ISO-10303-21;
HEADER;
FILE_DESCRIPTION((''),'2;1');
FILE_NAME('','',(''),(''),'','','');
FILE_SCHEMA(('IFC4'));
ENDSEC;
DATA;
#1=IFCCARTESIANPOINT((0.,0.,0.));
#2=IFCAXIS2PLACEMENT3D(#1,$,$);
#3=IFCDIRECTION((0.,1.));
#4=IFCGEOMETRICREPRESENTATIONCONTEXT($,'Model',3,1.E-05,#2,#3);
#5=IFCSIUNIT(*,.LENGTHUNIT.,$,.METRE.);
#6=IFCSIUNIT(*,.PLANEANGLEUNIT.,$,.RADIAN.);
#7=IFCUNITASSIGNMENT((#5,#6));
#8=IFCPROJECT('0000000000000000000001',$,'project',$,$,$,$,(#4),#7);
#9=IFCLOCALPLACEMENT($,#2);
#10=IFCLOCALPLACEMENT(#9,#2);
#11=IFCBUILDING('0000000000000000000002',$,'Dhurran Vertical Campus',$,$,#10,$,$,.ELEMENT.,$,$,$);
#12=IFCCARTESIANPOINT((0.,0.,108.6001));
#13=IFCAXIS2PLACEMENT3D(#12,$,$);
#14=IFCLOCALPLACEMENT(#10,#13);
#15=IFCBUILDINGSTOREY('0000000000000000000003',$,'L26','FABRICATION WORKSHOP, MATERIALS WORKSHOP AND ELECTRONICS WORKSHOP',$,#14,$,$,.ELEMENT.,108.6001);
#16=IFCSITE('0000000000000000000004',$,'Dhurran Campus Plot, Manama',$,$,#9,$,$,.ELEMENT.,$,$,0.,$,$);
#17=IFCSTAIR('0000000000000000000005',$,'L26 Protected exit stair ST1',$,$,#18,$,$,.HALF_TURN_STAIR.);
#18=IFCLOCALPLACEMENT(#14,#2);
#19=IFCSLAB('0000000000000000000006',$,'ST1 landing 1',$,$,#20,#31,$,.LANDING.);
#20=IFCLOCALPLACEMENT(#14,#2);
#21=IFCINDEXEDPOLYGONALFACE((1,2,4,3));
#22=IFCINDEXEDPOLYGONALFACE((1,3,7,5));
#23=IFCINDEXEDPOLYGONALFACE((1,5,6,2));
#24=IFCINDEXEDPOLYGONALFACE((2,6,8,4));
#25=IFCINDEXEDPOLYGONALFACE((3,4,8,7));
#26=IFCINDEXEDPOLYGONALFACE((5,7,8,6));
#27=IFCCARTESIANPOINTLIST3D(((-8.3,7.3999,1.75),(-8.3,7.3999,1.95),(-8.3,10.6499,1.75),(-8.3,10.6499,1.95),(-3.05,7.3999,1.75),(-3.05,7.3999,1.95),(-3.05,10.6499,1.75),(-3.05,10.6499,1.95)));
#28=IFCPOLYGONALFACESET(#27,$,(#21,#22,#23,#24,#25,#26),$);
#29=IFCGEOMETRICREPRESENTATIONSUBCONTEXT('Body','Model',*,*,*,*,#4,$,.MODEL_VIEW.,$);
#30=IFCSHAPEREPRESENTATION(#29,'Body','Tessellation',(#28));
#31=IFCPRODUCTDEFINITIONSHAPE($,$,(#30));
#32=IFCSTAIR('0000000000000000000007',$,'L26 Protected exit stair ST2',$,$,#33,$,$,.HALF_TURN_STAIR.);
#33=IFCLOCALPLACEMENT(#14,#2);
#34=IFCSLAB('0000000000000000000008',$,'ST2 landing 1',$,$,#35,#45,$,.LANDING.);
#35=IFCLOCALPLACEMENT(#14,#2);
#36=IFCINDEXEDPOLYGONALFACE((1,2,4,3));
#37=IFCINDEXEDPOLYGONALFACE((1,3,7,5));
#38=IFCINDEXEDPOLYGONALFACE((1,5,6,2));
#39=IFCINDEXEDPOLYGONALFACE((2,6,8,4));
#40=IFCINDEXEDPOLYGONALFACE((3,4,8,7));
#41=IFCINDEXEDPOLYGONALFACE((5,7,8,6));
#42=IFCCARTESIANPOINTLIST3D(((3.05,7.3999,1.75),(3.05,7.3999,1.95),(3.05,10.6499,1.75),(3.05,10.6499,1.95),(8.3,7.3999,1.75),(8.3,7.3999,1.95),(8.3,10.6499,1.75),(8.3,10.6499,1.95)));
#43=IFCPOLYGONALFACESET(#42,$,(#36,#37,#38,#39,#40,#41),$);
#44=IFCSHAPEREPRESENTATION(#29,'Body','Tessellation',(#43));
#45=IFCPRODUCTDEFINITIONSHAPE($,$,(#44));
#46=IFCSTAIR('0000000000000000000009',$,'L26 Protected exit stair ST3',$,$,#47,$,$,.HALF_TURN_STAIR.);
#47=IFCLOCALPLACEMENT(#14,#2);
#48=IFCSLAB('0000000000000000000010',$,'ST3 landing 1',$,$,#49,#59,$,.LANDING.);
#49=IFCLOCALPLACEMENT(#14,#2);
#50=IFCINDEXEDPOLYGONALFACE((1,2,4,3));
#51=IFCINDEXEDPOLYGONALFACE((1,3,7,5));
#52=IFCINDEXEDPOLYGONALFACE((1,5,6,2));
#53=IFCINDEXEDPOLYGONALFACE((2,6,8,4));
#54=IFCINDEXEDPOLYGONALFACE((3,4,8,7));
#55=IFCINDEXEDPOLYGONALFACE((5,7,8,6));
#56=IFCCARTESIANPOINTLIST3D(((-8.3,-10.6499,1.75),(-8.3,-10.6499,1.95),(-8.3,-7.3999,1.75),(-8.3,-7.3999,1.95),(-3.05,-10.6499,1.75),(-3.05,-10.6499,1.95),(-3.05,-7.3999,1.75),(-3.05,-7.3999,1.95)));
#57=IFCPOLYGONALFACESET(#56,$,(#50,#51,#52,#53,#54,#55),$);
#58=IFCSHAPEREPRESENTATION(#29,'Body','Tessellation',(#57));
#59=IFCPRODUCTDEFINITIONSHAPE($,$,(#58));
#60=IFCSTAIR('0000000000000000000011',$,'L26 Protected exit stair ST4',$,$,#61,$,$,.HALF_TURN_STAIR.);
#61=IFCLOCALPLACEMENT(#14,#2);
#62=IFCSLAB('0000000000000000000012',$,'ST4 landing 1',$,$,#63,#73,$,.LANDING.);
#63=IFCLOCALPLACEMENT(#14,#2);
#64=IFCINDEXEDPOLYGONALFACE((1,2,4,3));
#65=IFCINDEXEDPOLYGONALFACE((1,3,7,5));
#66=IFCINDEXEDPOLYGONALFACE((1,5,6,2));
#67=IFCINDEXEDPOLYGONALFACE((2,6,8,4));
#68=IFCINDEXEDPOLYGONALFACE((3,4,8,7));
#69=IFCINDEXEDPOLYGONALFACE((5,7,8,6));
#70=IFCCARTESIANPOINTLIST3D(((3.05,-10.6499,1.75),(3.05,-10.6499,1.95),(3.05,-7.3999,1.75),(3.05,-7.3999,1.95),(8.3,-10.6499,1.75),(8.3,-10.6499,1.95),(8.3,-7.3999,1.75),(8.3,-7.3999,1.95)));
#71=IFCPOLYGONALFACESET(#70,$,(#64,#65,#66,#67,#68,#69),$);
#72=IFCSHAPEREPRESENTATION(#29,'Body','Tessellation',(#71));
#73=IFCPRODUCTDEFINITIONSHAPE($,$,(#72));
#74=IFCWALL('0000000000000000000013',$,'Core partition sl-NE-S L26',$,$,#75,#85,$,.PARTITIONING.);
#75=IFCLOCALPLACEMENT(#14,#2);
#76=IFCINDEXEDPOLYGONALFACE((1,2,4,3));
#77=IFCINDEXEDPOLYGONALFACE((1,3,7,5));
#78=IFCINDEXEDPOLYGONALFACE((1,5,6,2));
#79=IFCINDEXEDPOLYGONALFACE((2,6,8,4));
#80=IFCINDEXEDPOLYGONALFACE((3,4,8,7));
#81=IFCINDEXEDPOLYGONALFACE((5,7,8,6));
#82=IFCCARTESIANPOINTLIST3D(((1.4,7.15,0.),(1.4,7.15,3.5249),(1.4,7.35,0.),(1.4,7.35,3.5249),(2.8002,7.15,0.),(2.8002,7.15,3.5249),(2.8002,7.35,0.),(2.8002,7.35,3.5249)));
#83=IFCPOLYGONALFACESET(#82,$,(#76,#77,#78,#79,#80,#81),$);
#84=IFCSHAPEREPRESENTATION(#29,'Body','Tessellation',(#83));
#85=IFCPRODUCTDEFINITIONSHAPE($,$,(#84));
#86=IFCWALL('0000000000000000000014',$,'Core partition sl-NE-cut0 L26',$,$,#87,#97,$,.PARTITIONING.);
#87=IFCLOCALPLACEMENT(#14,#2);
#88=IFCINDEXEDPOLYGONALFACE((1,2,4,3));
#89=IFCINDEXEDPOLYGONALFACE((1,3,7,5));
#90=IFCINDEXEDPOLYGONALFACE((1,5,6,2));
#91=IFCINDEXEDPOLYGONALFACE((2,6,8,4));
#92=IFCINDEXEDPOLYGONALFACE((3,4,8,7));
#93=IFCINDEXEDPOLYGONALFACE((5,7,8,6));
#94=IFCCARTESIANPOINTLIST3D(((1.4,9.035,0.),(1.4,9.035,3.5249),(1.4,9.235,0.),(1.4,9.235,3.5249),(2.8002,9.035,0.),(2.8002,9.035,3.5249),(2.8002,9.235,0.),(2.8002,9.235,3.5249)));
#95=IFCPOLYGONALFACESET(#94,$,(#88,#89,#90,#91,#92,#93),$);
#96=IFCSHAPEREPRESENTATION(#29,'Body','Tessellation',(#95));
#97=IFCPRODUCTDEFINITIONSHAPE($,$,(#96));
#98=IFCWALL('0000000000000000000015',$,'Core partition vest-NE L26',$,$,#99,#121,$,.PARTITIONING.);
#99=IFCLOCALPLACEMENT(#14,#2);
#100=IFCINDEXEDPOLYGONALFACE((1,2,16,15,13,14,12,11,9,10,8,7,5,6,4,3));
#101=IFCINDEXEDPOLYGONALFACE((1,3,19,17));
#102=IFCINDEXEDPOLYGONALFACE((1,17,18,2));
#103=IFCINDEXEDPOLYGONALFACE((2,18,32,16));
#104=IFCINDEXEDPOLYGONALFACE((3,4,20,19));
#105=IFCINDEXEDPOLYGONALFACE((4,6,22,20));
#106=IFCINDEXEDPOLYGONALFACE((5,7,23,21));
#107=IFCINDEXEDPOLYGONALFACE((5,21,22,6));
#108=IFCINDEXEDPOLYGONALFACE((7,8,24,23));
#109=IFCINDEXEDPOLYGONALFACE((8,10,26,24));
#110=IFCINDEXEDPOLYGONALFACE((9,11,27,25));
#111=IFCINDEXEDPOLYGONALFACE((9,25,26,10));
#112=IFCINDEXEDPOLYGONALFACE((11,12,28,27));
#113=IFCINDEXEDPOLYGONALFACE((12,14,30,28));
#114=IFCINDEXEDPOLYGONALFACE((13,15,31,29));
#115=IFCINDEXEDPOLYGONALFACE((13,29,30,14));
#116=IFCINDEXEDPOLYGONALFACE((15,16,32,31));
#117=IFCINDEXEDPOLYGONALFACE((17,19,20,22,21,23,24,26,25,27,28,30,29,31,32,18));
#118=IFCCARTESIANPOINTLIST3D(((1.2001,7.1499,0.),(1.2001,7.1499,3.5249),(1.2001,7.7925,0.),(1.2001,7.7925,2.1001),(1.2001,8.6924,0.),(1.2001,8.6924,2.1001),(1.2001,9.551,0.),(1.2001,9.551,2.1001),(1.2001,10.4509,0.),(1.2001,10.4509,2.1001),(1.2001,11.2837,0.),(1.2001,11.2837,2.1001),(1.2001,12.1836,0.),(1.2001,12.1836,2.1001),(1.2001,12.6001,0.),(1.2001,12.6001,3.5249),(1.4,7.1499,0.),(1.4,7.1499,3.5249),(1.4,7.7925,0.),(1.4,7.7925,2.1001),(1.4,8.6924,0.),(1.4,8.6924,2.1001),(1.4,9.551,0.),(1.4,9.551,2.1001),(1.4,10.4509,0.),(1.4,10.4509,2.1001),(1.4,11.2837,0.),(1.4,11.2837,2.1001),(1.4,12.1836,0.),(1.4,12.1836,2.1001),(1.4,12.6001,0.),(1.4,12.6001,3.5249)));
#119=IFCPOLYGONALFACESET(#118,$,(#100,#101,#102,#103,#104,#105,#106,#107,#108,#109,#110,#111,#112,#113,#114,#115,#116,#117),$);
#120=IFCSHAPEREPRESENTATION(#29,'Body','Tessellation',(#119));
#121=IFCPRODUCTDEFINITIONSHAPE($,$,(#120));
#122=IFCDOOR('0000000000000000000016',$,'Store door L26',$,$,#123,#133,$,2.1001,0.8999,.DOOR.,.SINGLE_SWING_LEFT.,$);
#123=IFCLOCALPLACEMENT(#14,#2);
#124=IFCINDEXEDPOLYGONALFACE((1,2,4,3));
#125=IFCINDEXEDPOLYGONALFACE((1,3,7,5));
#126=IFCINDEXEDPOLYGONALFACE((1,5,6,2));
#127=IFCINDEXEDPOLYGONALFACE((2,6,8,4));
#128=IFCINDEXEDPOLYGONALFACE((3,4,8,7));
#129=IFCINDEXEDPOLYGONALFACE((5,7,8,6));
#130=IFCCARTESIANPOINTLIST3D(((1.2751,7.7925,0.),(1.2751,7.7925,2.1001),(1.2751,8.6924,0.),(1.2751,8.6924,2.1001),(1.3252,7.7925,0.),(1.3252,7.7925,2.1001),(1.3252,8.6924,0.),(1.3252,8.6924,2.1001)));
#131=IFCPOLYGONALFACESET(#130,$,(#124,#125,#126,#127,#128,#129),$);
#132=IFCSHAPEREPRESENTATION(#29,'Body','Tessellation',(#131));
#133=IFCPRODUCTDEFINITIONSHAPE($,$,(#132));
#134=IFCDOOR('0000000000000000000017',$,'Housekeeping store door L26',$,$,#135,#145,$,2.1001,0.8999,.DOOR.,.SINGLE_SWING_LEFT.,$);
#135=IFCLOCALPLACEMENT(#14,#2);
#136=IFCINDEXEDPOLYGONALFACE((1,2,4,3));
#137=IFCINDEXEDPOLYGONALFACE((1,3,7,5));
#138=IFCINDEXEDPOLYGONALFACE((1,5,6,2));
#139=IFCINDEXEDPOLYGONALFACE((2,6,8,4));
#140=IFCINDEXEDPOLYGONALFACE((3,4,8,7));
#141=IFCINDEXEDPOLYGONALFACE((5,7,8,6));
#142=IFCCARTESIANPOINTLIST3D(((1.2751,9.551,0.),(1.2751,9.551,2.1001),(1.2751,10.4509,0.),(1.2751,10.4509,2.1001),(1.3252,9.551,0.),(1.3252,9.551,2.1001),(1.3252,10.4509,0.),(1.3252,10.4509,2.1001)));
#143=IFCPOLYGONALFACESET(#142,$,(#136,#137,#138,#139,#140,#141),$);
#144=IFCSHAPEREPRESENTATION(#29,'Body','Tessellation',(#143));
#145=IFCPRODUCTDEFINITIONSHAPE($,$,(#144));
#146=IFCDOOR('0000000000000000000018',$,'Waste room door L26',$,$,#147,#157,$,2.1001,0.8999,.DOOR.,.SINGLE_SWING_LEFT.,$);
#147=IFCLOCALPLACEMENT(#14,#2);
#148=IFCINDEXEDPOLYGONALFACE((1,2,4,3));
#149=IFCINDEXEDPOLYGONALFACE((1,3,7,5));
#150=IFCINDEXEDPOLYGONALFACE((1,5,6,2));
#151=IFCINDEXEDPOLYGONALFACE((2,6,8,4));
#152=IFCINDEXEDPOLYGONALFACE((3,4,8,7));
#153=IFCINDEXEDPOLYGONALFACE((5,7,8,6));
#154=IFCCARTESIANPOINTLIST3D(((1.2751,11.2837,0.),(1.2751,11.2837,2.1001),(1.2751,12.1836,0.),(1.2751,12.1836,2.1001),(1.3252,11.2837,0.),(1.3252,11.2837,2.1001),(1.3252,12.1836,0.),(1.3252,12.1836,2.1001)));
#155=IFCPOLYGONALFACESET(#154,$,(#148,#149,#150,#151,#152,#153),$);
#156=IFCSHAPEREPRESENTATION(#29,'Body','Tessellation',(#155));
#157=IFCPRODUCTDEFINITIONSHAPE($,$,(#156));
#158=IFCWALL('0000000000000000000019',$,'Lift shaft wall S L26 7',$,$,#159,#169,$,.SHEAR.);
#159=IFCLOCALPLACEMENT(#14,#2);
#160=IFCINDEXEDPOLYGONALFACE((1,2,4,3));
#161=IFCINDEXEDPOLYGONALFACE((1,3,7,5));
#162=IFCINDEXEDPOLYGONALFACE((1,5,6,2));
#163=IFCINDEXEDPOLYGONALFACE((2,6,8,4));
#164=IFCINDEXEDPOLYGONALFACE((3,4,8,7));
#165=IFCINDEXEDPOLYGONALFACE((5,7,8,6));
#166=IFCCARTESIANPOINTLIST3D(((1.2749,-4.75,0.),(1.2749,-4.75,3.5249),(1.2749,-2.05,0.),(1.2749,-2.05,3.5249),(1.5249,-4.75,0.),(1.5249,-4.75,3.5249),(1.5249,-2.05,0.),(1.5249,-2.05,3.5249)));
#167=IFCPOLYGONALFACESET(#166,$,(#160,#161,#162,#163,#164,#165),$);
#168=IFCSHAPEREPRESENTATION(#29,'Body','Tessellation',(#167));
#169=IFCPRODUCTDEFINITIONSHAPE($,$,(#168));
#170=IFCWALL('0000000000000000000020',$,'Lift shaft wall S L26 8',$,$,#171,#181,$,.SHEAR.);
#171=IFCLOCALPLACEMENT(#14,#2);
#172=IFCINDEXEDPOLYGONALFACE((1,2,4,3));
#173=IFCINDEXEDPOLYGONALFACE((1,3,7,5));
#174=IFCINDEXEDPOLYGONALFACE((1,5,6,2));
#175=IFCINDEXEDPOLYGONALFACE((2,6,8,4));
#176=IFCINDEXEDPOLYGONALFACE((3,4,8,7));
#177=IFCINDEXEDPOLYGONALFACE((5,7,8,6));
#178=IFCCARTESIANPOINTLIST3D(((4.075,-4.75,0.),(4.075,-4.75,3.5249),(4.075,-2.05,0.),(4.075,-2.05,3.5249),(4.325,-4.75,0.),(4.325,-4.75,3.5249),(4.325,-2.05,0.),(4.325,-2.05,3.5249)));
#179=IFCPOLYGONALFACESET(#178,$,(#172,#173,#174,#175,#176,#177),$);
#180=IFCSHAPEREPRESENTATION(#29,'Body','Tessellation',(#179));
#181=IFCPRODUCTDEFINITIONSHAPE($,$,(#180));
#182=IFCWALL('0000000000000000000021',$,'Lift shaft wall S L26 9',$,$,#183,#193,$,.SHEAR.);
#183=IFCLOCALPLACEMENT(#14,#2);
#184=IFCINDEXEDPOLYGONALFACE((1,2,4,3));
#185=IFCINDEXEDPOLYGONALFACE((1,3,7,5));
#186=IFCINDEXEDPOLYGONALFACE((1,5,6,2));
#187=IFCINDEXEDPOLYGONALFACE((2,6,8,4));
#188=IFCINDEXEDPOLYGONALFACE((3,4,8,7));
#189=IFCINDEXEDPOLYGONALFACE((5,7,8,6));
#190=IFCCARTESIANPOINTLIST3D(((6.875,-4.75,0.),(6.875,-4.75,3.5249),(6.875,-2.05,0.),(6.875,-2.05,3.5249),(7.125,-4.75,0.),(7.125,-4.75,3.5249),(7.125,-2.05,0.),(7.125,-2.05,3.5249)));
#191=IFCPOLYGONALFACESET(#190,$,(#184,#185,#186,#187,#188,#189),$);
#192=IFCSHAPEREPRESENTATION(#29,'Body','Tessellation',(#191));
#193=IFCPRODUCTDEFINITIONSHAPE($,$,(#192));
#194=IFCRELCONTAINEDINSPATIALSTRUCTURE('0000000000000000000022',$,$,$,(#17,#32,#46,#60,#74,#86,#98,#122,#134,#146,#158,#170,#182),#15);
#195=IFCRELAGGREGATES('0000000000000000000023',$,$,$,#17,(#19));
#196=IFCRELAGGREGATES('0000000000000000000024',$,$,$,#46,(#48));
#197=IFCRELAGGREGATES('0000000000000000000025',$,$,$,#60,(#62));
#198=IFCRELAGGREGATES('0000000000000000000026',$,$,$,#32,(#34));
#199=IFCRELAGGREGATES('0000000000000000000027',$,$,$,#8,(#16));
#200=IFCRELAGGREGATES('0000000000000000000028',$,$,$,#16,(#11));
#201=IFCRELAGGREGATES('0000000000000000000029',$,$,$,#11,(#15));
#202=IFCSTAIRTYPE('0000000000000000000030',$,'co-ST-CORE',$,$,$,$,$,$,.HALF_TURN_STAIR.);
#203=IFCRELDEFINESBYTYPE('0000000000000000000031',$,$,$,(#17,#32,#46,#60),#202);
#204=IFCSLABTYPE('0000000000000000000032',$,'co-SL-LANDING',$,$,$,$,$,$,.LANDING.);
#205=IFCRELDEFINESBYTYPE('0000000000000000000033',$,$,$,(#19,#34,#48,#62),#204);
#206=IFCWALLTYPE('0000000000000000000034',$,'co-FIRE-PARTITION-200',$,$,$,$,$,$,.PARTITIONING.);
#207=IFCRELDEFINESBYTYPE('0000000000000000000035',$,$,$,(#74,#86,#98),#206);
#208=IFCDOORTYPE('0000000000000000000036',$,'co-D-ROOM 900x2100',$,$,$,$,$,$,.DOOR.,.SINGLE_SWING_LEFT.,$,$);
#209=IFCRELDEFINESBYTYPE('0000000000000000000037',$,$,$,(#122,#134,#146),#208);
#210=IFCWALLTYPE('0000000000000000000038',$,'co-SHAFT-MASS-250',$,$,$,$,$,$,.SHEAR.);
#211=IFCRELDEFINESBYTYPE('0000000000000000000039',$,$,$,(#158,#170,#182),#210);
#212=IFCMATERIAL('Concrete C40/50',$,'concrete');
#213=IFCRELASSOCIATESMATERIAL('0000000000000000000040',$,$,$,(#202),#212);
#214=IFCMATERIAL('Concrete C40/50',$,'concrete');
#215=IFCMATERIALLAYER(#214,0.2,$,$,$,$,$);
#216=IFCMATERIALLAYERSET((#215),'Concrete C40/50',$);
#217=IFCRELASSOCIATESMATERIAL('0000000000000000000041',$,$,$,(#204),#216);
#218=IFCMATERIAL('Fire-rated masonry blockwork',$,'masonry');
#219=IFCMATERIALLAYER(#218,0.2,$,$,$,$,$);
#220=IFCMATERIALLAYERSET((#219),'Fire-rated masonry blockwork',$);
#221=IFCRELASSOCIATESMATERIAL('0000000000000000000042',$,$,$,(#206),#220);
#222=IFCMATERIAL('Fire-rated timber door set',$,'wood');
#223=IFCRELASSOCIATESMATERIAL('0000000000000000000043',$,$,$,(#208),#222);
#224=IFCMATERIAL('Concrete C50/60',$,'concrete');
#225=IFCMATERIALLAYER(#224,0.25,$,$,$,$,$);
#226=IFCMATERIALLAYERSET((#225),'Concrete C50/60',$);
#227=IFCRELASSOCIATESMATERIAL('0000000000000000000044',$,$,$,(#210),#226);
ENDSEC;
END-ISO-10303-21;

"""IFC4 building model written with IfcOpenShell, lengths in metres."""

from ifc_helpers import new_model, si_unit, direction, frame, frame_2d, origin, place, context, subcontext, project, spatial, polyline, rectangle, outline, extrude, material, layer, layer_set, type_object, element, fill, aggregate, save


model = new_model("IFC4")

# Units and contexts
model_context = context("Model", 3, precision=1e-05, world=origin(), true_north=direction((0.0, 1.0)))
body_context = subcontext(model_context, "Body", "Model", "MODEL_VIEW")
ifc_project = project(units=[si_unit("LENGTHUNIT", "METRE"), si_unit("PLANEANGLEUNIT", "RADIAN")], contexts=[model_context])

# Site, building, storey
site_placement = place(None, origin())
site = spatial("IfcSite", under=ifc_project, at=site_placement, Name="Dhurran Campus Plot, Manama", CompositionType="ELEMENT", RefElevation=0.0)
building_placement = place(site_placement, origin())
building = spatial("IfcBuilding", under=site, at=building_placement, Name="Dhurran Vertical Campus", CompositionType="ELEMENT")
storey_placement = place(building_placement, frame((0.0, 0.0, 108.6001)))
storey = spatial("IfcBuildingStorey", under=building, at=storey_placement, Name="L26", Description="FABRICATION WORKSHOP, MATERIALS WORKSHOP AND ELECTRONICS WORKSHOP", CompositionType="ELEMENT", Elevation=108.6001)

# Stairs, slabs
ifc_material_1 = material(Name="Concrete C40/50", Category="concrete")
stair_type = type_object("IfcStairType", Name="co-ST-CORE", PredefinedType="HALF_TURN_STAIR", material=ifc_material_1)
stair_1_placement = place(storey_placement, origin())
stair_1 = element("IfcStair", 1, at=stair_1_placement, inside=storey, type_object=stair_type, Name="L26 Protected exit stair ST1", PredefinedType="HALF_TURN_STAIR")
ifc_material_2 = material(Name="Concrete C40/50", Category="concrete")
ifc_layer_1 = layer(ifc_material_2, 0.2)
ifc_layer_set_1 = layer_set([ifc_layer_1], Name="Concrete C40/50")
slab_type = type_object("IfcSlabType", Name="co-SL-LANDING", PredefinedType="LANDING", material=ifc_layer_set_1)
slab_1_placement = place(storey_placement, frame((0.0, 0.0, 1.75)))
slab_1 = element("IfcSlab", 2, at=slab_1_placement, type_object=slab_type, Name="ST1 landing 1", PredefinedType="LANDING", context=body_context, shape_type="SweptSolid", body=[
    extrude(outline(polyline([(-8.3, 7.3999), (-3.05, 7.3999), (-3.05, 10.6499), (-8.3, 10.6499), (-8.3, 7.3999)])), origin(), (0.0, 0.0, 1.0), 0.2),
])
aggregate(stair_1, [slab_1])
stair_2_placement = place(storey_placement, origin())
stair_2 = element("IfcStair", 3, at=stair_2_placement, inside=storey, type_object=stair_type, Name="L26 Protected exit stair ST2", PredefinedType="HALF_TURN_STAIR")
slab_2_placement = place(storey_placement, frame((0.0, 0.0, 1.75)))
slab_2 = element("IfcSlab", 4, at=slab_2_placement, type_object=slab_type, Name="ST2 landing 1", PredefinedType="LANDING", context=body_context, shape_type="SweptSolid", body=[
    extrude(outline(polyline([(8.3, 10.6499), (3.05, 10.6499), (3.05, 7.3999), (8.3, 7.3999), (8.3, 10.6499)])), origin(), (0.0, 0.0, 1.0), 0.2),
])
stair_3_placement = place(storey_placement, origin())
stair_3 = element("IfcStair", 5, at=stair_3_placement, inside=storey, type_object=stair_type, Name="L26 Protected exit stair ST3", PredefinedType="HALF_TURN_STAIR")
slab_3_placement = place(storey_placement, frame((0.0, 0.0, 1.75)))
slab_3 = element("IfcSlab", 6, at=slab_3_placement, type_object=slab_type, Name="ST3 landing 1", PredefinedType="LANDING", context=body_context, shape_type="SweptSolid", body=[
    extrude(outline(polyline([(-8.3, -10.6499), (-3.05, -10.6499), (-3.05, -7.3999), (-8.3, -7.3999), (-8.3, -10.6499)])), origin(), (0.0, 0.0, 1.0), 0.2),
])
aggregate(stair_3, [slab_3])
stair_4_placement = place(storey_placement, origin())
stair_4 = element("IfcStair", 7, at=stair_4_placement, inside=storey, type_object=stair_type, Name="L26 Protected exit stair ST4", PredefinedType="HALF_TURN_STAIR")
slab_4_placement = place(storey_placement, frame((0.0, 0.0, 1.75)))
slab_4 = element("IfcSlab", 8, at=slab_4_placement, type_object=slab_type, Name="ST4 landing 1", PredefinedType="LANDING", context=body_context, shape_type="SweptSolid", body=[
    extrude(outline(polyline([(8.3, -7.3999), (3.05, -7.3999), (3.05, -10.6499), (8.3, -10.6499), (8.3, -7.3999)])), origin(), (0.0, 0.0, 1.0), 0.2),
])
aggregate(stair_4, [slab_4])

# Walls
ifc_material_3 = material(Name="Fire-rated masonry blockwork", Category="masonry")
ifc_layer_2 = layer(ifc_material_3, 0.2)
ifc_layer_set_2 = layer_set([ifc_layer_2], Name="Fire-rated masonry blockwork")
wall_type_1 = type_object("IfcWallType", Name="co-FIRE-PARTITION-200", PredefinedType="PARTITIONING", material=ifc_layer_set_2)
for number, where, z_axis, x_axis, name in (
    (9, (1.3999, 7.25, 0.0), (0.0, 0.0, 1.0), (1.0, 0.0, 0.0), "Core partition sl-NE-S L26"),
    (10, (1.3999, 9.135, 0.0), (0.0, 0.0, 1.0), (1.0, 0.0, 0.0), "Core partition sl-NE-cut0 L26"),
):
    element("IfcWall", number, at=place(storey_placement, frame(where, z_axis=z_axis, x_axis=x_axis)), inside=storey, type_object=wall_type_1, Name=name, PredefinedType="PARTITIONING", context=body_context, shape_type="SweptSolid", body=[
        extrude(rectangle(XDim=1.4001, YDim=0.2, at=frame_2d((0.7002, 0.0))), origin(), (0.0, 0.0, 1.0), 3.5249),
    ])

# Wall, openings, doors
wall_1_placement = place(storey_placement, frame((1.3, 7.1499, 0.0), z_axis=(0.0, 0.0, 1.0), x_axis=(0.0, 1.0, 0.0)))
wall_1 = element("IfcWall", 11, at=wall_1_placement, inside=storey, type_object=wall_type_1, Name="Core partition vest-NE L26", PredefinedType="PARTITIONING", context=body_context, shape_type="SweptSolid", body=[
    extrude(rectangle(XDim=5.4502, YDim=0.2, at=frame_2d((2.7251, 0.0))), origin(), (0.0, 0.0, 1.0), 3.5249),
])
opening_1_placement = place(wall_1_placement, frame((0.6426, 0.0, 0.0)))
opening_1 = element("IfcOpeningElement", 12, at=opening_1_placement, cuts=wall_1, PredefinedType="OPENING", context=body_context, shape_type="SweptSolid", body=[
    extrude(rectangle(XDim=0.8999, YDim=2.1001, at=frame_2d((0.45, 1.05))), frame((0.0, 0.1099, 0.0), z_axis=(0.0, -1.0, 0.0), x_axis=(1.0, 0.0, 0.0)), (0.0, 0.0, 1.0), 0.22),
])
opening_2_placement = place(wall_1_placement, frame((2.4011, 0.0, 0.0)))
opening_2 = element("IfcOpeningElement", 13, at=opening_2_placement, cuts=wall_1, PredefinedType="OPENING", context=body_context, shape_type="SweptSolid", body=[
    extrude(rectangle(XDim=0.8999, YDim=2.1001, at=frame_2d((0.45, 1.05))), frame((0.0, 0.1099, 0.0), z_axis=(0.0, -1.0, 0.0), x_axis=(1.0, 0.0, 0.0)), (0.0, 0.0, 1.0), 0.22),
])
opening_3_placement = place(wall_1_placement, frame((4.1338, 0.0, 0.0)))
opening_3 = element("IfcOpeningElement", 14, at=opening_3_placement, cuts=wall_1, PredefinedType="OPENING", context=body_context, shape_type="SweptSolid", body=[
    extrude(rectangle(XDim=0.8999, YDim=2.1001, at=frame_2d((0.45, 1.05))), frame((0.0, 0.1099, 0.0), z_axis=(0.0, -1.0, 0.0), x_axis=(1.0, 0.0, 0.0)), (0.0, 0.0, 1.0), 0.22),
])
ifc_material_4 = material(Name="Fire-rated timber door set", Category="wood")
door_type_1 = type_object("IfcDoorType", Name="co-D-ROOM 900x2100", OperationType="SINGLE_SWING_LEFT", PredefinedType="DOOR", material=ifc_material_4)
door_1_placement = place(opening_1_placement, origin())
door_1 = element("IfcDoor", 15, at=door_1_placement, inside=storey, type_object=door_type_1, Name="Store door L26", OperationType="SINGLE_SWING_LEFT", OverallHeight=2.1001, OverallWidth=0.8999, PredefinedType="DOOR", context=body_context, shape_type="SweptSolid", body=[
    extrude(rectangle(XDim=0.8999, YDim=2.1001, at=frame_2d((0.45, 1.05))), frame((0.0, 0.0249, 0.0), z_axis=(0.0, -1.0, 0.0), x_axis=(1.0, 0.0, 0.0)), (0.0, 0.0, 1.0), 0.05),
])
fill(opening_1, door_1)
door_2_placement = place(opening_2_placement, origin())
door_2 = element("IfcDoor", 16, at=door_2_placement, inside=storey, type_object=door_type_1, Name="Housekeeping store door L26", OperationType="SINGLE_SWING_LEFT", OverallHeight=2.1001, OverallWidth=0.8999, PredefinedType="DOOR", context=body_context, shape_type="SweptSolid", body=[
    extrude(rectangle(XDim=0.8999, YDim=2.1001, at=frame_2d((0.45, 1.05))), frame((0.0, 0.0249, 0.0), z_axis=(0.0, -1.0, 0.0), x_axis=(1.0, 0.0, 0.0)), (0.0, 0.0, 1.0), 0.05),
])
fill(opening_2, door_2)
door_3_placement = place(opening_3_placement, origin())
door_3 = element("IfcDoor", 17, at=door_3_placement, inside=storey, type_object=door_type_1, Name="Waste room door L26", OperationType="SINGLE_SWING_LEFT", OverallHeight=2.1001, OverallWidth=0.8999, PredefinedType="DOOR", context=body_context, shape_type="SweptSolid", body=[
    extrude(rectangle(XDim=0.8999, YDim=2.1001, at=frame_2d((0.45, 1.05))), frame((0.0, 0.0249, 0.0), z_axis=(0.0, -1.0, 0.0), x_axis=(1.0, 0.0, 0.0)), (0.0, 0.0, 1.0), 0.05),
])
fill(opening_3, door_3)

# Walls
ifc_material_5 = material(Name="Concrete C50/60", Category="concrete")
ifc_layer_3 = layer(ifc_material_5, 0.25)
ifc_layer_set_3 = layer_set([ifc_layer_3], Name="Concrete C50/60")
wall_type_2 = type_object("IfcWallType", Name="co-SHAFT-MASS-250", PredefinedType="SHEAR", material=ifc_layer_set_3)
wall_2_placement = place(storey_placement, origin())
element("IfcWall", 18, at=wall_2_placement, inside=storey, type_object=wall_type_2, Name="Lift shaft wall S L26 7", PredefinedType="SHEAR", context=body_context, shape_type="SweptSolid", body=[
    extrude(outline(polyline([(1.2749, -4.75), (1.5249, -4.75), (1.5249, -2.05), (1.2749, -2.05), (1.2749, -4.75)])), origin(), (0.0, 0.0, 1.0), 3.5249),
])
wall_3_placement = place(storey_placement, origin())
element("IfcWall", 19, at=wall_3_placement, inside=storey, type_object=wall_type_2, Name="Lift shaft wall S L26 8", PredefinedType="SHEAR", context=body_context, shape_type="SweptSolid", body=[
    extrude(outline(polyline([(4.075, -4.75), (4.325, -4.75), (4.325, -2.05), (4.075, -2.05), (4.075, -4.75)])), origin(), (0.0, 0.0, 1.0), 3.5249),
])
wall_4_placement = place(storey_placement, origin())
element("IfcWall", 20, at=wall_4_placement, inside=storey, type_object=wall_type_2, Name="Lift shaft wall S L26 9", PredefinedType="SHEAR", context=body_context, shape_type="SweptSolid", body=[
    extrude(outline(polyline([(6.875, -4.75), (7.125, -4.75), (7.125, -2.05), (6.875, -2.05), (6.875, -4.75)])), origin(), (0.0, 0.0, 1.0), 3.5249),
])

aggregate(stair_2, [slab_2])

save(model, "model.ifc")
